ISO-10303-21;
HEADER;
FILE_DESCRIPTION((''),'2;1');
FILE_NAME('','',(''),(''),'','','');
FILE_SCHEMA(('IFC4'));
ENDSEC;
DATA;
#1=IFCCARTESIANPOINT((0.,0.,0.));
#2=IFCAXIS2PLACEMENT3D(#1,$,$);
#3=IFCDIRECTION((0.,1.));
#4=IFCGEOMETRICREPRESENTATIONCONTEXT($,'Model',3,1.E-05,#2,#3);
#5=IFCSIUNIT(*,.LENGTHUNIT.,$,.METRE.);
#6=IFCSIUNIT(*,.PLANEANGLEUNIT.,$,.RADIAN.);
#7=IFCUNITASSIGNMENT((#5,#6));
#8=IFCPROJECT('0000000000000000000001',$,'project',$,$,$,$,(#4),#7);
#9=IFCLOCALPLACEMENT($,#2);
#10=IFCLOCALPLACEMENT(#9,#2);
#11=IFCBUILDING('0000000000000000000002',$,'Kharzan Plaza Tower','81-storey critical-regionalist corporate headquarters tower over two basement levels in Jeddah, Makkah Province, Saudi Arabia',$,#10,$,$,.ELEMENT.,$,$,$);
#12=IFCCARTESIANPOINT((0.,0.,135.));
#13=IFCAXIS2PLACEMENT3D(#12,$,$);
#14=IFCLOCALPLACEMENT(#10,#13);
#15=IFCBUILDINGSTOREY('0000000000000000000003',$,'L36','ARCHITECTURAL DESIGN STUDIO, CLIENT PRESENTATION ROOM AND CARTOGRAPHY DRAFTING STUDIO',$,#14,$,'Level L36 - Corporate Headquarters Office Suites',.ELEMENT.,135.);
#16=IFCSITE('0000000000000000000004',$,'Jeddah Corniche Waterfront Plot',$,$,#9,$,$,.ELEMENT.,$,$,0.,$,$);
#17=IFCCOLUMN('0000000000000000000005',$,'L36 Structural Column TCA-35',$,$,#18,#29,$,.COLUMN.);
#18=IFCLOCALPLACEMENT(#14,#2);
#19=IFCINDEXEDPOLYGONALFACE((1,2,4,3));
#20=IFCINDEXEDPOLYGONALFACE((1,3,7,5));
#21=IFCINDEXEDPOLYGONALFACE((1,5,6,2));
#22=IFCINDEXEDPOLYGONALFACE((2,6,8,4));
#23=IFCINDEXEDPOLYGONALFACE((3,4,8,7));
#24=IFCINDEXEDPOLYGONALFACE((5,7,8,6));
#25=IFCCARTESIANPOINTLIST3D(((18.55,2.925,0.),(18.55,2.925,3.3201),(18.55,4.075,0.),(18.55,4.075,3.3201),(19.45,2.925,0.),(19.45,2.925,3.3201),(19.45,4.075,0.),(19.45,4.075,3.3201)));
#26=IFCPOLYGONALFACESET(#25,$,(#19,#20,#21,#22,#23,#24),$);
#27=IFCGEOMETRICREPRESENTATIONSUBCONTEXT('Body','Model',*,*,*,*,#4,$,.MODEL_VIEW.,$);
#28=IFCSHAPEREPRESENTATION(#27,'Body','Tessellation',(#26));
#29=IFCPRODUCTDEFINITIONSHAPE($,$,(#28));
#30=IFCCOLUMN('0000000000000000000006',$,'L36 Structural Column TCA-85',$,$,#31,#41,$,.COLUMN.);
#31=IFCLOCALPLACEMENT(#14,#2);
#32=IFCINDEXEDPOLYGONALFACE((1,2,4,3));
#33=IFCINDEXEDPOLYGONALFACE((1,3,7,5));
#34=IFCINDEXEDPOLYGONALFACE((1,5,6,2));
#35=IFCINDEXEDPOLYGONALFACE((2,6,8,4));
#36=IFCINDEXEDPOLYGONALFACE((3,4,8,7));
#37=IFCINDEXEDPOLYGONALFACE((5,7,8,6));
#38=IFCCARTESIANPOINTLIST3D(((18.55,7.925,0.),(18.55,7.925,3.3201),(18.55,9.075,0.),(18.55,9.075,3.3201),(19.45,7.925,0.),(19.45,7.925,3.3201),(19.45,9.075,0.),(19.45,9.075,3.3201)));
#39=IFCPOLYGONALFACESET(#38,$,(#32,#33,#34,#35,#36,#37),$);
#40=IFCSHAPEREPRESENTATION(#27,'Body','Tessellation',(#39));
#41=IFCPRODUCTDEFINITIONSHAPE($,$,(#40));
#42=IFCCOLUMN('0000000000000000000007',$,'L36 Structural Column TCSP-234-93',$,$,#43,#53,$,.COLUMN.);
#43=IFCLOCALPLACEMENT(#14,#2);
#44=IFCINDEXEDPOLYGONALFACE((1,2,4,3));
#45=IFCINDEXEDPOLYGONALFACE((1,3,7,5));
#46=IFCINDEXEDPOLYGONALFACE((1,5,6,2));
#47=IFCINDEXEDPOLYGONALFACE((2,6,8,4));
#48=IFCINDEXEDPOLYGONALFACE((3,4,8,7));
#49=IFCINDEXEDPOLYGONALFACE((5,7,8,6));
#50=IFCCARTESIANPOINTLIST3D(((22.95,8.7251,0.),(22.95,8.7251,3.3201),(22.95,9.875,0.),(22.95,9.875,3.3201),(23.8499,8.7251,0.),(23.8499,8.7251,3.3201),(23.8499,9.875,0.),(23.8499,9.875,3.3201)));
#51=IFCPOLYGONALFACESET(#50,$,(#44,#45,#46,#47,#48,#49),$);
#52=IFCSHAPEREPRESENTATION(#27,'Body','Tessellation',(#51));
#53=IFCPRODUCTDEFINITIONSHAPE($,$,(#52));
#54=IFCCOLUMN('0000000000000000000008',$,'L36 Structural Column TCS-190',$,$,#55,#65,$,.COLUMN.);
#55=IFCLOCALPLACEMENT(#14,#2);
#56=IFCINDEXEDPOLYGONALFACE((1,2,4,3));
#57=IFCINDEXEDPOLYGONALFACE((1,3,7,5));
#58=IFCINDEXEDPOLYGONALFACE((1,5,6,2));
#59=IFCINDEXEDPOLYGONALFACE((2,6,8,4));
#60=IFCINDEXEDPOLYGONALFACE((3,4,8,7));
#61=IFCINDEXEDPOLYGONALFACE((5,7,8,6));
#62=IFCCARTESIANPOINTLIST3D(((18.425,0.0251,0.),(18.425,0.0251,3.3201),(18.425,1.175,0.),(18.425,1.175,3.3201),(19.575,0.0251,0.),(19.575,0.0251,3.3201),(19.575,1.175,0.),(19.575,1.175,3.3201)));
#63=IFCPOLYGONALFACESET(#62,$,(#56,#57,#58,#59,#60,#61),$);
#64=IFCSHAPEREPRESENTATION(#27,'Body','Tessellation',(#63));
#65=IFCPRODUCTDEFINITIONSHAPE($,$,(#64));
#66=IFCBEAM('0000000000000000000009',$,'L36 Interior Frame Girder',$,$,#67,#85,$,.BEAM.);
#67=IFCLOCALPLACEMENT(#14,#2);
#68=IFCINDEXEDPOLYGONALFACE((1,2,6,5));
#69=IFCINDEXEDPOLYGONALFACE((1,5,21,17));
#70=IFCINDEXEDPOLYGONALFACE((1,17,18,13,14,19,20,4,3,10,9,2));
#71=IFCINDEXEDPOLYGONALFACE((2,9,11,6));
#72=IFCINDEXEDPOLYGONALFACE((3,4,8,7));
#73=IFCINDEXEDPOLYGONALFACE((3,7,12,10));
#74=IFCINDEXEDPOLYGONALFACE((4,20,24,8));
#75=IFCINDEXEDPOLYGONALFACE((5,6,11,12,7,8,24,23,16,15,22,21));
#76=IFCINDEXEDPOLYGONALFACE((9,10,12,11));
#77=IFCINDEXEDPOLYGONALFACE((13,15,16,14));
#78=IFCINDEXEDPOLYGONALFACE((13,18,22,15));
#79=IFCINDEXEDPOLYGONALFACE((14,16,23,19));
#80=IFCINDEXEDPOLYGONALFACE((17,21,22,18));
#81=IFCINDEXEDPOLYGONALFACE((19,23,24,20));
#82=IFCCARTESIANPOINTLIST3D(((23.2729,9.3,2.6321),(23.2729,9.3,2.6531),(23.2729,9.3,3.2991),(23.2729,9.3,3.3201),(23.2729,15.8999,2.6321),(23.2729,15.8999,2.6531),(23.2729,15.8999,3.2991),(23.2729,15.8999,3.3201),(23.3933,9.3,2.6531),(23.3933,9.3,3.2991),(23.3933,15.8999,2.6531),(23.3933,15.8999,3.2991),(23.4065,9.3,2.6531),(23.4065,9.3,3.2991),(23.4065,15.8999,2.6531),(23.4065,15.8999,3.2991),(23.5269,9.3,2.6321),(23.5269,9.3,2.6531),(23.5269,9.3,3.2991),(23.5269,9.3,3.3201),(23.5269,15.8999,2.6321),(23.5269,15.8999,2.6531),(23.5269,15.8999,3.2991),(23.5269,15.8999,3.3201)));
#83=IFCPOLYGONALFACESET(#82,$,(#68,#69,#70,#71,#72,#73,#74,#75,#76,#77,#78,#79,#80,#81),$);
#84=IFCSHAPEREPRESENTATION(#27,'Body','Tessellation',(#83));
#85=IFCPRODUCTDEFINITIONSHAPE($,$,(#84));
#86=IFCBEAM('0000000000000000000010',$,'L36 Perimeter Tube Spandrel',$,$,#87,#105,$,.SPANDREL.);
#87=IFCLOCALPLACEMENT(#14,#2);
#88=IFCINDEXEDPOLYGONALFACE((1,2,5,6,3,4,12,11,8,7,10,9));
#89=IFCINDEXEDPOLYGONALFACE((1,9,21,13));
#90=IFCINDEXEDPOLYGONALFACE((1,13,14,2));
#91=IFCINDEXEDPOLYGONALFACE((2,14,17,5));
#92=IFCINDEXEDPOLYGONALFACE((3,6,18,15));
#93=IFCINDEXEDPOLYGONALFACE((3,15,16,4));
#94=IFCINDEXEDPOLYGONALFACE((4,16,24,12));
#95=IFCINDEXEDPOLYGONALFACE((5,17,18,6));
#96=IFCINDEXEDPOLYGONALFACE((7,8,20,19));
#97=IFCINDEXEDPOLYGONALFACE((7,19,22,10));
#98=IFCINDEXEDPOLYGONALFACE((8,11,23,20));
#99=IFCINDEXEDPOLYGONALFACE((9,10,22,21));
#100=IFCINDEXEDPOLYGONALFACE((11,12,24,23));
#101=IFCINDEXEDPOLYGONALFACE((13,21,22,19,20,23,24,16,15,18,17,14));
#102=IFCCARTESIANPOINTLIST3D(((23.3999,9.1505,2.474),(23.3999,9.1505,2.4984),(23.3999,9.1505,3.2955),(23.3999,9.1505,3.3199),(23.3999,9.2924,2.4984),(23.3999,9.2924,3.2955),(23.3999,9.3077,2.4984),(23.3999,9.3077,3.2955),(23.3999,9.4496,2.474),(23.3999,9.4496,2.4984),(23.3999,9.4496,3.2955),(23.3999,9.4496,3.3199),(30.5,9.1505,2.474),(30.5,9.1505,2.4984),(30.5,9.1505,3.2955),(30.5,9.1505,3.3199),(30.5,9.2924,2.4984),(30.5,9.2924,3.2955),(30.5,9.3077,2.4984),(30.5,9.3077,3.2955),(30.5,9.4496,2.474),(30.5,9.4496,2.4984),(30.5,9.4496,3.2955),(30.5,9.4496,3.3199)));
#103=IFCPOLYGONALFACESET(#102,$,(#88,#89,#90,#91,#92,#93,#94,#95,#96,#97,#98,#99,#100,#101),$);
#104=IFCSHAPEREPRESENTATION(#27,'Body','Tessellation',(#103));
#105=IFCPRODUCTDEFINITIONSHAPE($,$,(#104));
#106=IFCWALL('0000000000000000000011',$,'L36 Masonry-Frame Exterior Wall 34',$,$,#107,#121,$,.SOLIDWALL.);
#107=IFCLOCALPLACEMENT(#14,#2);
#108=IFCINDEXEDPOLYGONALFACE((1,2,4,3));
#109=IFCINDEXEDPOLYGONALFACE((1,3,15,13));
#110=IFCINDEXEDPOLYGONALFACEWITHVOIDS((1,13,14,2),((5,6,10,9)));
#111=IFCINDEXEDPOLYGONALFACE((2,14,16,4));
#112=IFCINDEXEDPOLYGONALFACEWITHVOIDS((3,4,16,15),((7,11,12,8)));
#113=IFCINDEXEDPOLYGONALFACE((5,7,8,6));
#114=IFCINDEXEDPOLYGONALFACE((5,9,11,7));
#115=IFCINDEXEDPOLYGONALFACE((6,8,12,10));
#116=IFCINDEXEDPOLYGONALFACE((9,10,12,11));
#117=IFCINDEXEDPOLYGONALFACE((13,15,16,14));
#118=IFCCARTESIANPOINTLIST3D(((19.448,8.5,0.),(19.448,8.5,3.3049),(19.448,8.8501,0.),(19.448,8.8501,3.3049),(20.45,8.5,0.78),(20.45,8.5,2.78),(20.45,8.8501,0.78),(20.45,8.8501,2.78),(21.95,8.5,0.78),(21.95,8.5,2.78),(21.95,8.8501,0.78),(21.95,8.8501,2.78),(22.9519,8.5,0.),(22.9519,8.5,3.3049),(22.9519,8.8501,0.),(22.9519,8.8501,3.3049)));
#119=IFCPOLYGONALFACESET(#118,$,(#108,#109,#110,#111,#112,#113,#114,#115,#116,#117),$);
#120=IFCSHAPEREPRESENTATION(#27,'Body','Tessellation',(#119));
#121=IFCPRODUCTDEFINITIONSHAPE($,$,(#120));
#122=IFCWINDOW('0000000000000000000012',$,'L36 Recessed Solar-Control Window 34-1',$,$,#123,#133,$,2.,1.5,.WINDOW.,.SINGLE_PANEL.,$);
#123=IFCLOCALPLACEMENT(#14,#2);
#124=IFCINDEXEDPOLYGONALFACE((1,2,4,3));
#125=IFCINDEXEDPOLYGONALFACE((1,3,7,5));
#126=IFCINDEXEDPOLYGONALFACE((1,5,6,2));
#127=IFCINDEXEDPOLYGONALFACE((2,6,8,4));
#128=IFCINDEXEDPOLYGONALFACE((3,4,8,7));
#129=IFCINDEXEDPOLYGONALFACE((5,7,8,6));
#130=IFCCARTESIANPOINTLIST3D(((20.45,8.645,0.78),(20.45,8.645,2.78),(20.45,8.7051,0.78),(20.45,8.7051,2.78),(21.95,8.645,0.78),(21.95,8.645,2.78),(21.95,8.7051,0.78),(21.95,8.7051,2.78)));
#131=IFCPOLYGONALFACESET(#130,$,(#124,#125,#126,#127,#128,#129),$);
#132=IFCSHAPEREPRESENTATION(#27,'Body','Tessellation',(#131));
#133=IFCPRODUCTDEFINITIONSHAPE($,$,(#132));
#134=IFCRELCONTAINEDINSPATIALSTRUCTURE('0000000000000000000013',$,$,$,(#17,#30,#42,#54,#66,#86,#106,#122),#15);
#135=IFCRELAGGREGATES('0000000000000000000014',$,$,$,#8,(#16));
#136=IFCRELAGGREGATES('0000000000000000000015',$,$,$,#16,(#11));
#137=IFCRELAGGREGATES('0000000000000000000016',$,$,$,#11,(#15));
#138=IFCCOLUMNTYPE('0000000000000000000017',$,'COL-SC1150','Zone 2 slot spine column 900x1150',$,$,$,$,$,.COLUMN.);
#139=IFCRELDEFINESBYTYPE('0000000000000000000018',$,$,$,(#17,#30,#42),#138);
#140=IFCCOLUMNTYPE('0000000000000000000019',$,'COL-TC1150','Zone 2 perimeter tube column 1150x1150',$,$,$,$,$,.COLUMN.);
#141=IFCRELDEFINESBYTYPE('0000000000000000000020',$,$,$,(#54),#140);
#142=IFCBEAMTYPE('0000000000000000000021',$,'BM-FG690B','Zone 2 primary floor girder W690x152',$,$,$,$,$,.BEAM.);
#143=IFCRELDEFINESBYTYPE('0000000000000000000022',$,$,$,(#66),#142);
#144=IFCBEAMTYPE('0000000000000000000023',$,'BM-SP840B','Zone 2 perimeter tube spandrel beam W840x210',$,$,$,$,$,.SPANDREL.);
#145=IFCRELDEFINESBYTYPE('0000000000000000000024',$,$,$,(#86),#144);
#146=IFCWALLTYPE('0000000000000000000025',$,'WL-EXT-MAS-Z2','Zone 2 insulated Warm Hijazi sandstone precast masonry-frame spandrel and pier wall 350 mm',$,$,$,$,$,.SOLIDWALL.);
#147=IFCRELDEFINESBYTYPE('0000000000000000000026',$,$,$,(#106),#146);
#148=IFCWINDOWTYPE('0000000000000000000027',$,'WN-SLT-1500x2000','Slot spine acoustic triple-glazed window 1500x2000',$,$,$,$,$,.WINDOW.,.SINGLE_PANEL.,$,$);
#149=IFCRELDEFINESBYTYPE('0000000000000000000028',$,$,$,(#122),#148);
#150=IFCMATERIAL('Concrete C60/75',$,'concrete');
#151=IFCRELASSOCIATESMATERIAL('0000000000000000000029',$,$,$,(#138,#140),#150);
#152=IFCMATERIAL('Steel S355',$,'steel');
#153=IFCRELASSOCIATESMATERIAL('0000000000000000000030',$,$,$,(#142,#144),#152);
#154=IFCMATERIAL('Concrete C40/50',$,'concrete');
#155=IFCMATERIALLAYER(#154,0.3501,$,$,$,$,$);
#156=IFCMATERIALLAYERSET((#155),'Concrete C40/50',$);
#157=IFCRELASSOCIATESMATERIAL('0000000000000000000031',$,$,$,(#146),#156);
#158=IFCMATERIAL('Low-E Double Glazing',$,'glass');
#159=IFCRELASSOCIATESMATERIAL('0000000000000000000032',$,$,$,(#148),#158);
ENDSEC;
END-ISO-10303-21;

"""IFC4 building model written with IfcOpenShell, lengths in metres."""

from ifc_helpers import new_model, si_unit, direction, frame, frame_2d, origin, origin_2d, place, context, subcontext, project, spatial, rectangle, i_section, extrude, source, transform, mapped, material, layer, layer_set, material_profile, profile_set, type_object, element, fill, save


model = new_model("IFC4")

# Units and contexts
model_context = context("Model", 3, precision=1e-05, world=origin(), true_north=direction((0.0, 1.0)))
body_context = subcontext(model_context, "Body", "Model", "MODEL_VIEW")
ifc_project = project(units=[si_unit("LENGTHUNIT", "METRE"), si_unit("PLANEANGLEUNIT", "RADIAN")], contexts=[model_context])

# Site, building, storey
site_placement = place(None, origin())
site = spatial("IfcSite", under=ifc_project, at=site_placement, Name="Jeddah Corniche Waterfront Plot", CompositionType="ELEMENT", RefElevation=0.0)
building_placement = place(site_placement, origin())
building = spatial("IfcBuilding", under=site, at=building_placement, Name="Kharzan Plaza Tower", Description="81-storey critical-regionalist corporate headquarters tower over two basement levels in Jeddah, Makkah Province, Saudi Arabia", CompositionType="ELEMENT")
storey_placement = place(building_placement, frame((0.0, 0.0, 135.0)))
storey = spatial("IfcBuildingStorey", under=building, at=storey_placement, Name="L36", Description="ARCHITECTURAL DESIGN STUDIO, CLIENT PRESENTATION ROOM AND CARTOGRAPHY DRAFTING STUDIO", LongName="Level L36 - Corporate Headquarters Office Suites", CompositionType="ELEMENT", Elevation=135.0)

# Columns
ifc_material_1 = material(Name="Concrete C60/75", Category="concrete")
ifc_material_profile_1 = material_profile(ifc_material_1, rectangle(XDim=0.8999, YDim=1.1499, at=origin_2d()), Name="RC-SC1150x900")
ifc_profile_set_1 = profile_set([ifc_material_profile_1], Name="Concrete C60/75")
column_type_1 = type_object("IfcColumnType", Name="COL-SC1150", Description="Zone 2 slot spine column 900x1150", PredefinedType="COLUMN", material=ifc_profile_set_1)
shared_shape_1 = source(origin(), body_context, "Body", "SweptSolid", [
    extrude(rectangle(XDim=0.8999, YDim=1.1499, at=origin_2d()), origin(), (0.0, 0.0, 1.0), 3.3201),
])
for number, where, z_axis, x_axis, name in (
    (1, (19.0, 3.5, 0.0), (0.0, 0.0, 1.0), (1.0, 0.0, 0.0), "L36 Structural Column TCA-35"),
    (2, (19.0, 8.5, 0.0), (0.0, 0.0, 1.0), (1.0, 0.0, 0.0), "L36 Structural Column TCA-85"),
    (3, (23.3999, 9.3, 0.0), (0.0, 0.0, 1.0), (1.0, 0.0, 0.0), "L36 Structural Column TCSP-234-93"),
):
    element("IfcColumn", number, at=place(storey_placement, frame(where, z_axis=z_axis, x_axis=x_axis)), inside=storey, type_object=column_type_1, Name=name, PredefinedType="COLUMN", context=body_context, shape_type="MappedRepresentation", body=[
        mapped(shared_shape_1, transform((0.0, 0.0, 0.0), x_axis=(1.0, 0.0, 0.0), y_axis=(0.0, 1.0, 0.0), z_axis=(0.0, 0.0, 1.0))),
    ])
ifc_material_profile_2 = material_profile(ifc_material_1, rectangle(XDim=1.1499, YDim=1.1499, at=origin_2d()), Name="RC-TC1150x1150")
ifc_profile_set_2 = profile_set([ifc_material_profile_2], Name="Concrete C60/75")
column_type_2 = type_object("IfcColumnType", Name="COL-TC1150", Description="Zone 2 perimeter tube column 1150x1150", PredefinedType="COLUMN", material=ifc_profile_set_2)
shared_shape_2 = source(origin(), body_context, "Body", "SweptSolid", [
    extrude(rectangle(XDim=1.1499, YDim=1.1499, at=origin_2d()), origin(), (0.0, 0.0, 1.0), 3.3201),
])
column_placement = place(storey_placement, frame((19.0, 0.6001, 0.0), z_axis=(0.0, 0.0, 1.0), x_axis=(1.0, 0.0, 0.0)))
element("IfcColumn", 4, at=column_placement, inside=storey, type_object=column_type_2, Name="L36 Structural Column TCS-190", PredefinedType="COLUMN", context=body_context, shape_type="MappedRepresentation", body=[
    mapped(shared_shape_2, transform((0.0, 0.0, 0.0), x_axis=(1.0, 0.0, 0.0), y_axis=(0.0, 1.0, 0.0), z_axis=(0.0, 0.0, 1.0))),
])

# Beams
ifc_material_2 = material(Name="Steel S355", Category="steel")
ifc_material_profile_3 = material_profile(ifc_material_2, i_section(OverallWidth=0.2539, OverallDepth=0.688, WebThickness=0.0132, FlangeThickness=0.021, at=origin_2d()), Name="W690x152")
ifc_profile_set_3 = profile_set([ifc_material_profile_3], Name="Steel S355")
beam_type_1 = type_object("IfcBeamType", Name="BM-FG690B", Description="Zone 2 primary floor girder W690x152", PredefinedType="BEAM", material=ifc_profile_set_3)
shared_shape_3 = source(origin(), body_context, "Body", "SweptSolid", [
    extrude(i_section(OverallWidth=0.2539, OverallDepth=0.688, WebThickness=0.0132, FlangeThickness=0.021, at=origin_2d()), origin(), (0.0, 0.0, 1.0), 6.5999),
])
beam_1_placement = place(storey_placement, frame((23.3999, 9.3, 2.9761), z_axis=(0.0, 1.0, 0.0), x_axis=(-1.0, 0.0, 0.0)))
element("IfcBeam", 5, at=beam_1_placement, inside=storey, type_object=beam_type_1, Name="L36 Interior Frame Girder", PredefinedType="BEAM", context=body_context, shape_type="MappedRepresentation", body=[
    mapped(shared_shape_3, transform((0.0, 0.0, 0.0), x_axis=(1.0, 0.0, 0.0), y_axis=(0.0, 1.0, 0.0), z_axis=(0.0, 0.0, 1.0))),
])
ifc_material_profile_4 = material_profile(ifc_material_2, i_section(OverallWidth=0.2991, OverallDepth=0.8459, WebThickness=0.0154, FlangeThickness=0.0244, at=origin_2d()), Name="W840x210")
ifc_profile_set_4 = profile_set([ifc_material_profile_4], Name="Steel S355")
beam_type_2 = type_object("IfcBeamType", Name="BM-SP840B", Description="Zone 2 perimeter tube spandrel beam W840x210", PredefinedType="SPANDREL", material=ifc_profile_set_4)
shared_shape_4 = source(origin(), body_context, "Body", "SweptSolid", [
    extrude(i_section(OverallWidth=0.2991, OverallDepth=0.8459, WebThickness=0.0154, FlangeThickness=0.0244, at=origin_2d()), origin(), (0.0, 0.0, 1.0), 7.1001),
])
beam_2_placement = place(storey_placement, frame((23.3999, 9.3, 2.897), z_axis=(1.0, 0.0, 0.0), x_axis=(0.0, 1.0, 0.0)))
element("IfcBeam", 6, at=beam_2_placement, inside=storey, type_object=beam_type_2, Name="L36 Perimeter Tube Spandrel", PredefinedType="SPANDREL", context=body_context, shape_type="MappedRepresentation", body=[
    mapped(shared_shape_4, transform((0.0, 0.0, 0.0), x_axis=(1.0, 0.0, 0.0), y_axis=(0.0, 1.0, 0.0), z_axis=(0.0, 0.0, 1.0))),
])

# Wall, opening, window
ifc_material_3 = material(Name="Concrete C40/50", Category="concrete")
ifc_layer_1 = layer(ifc_material_3, 0.3501)
ifc_layer_set_1 = layer_set([ifc_layer_1], Name="Concrete C40/50")
wall_type_1 = type_object("IfcWallType", Name="WL-EXT-MAS-Z2", Description="Zone 2 insulated Warm Hijazi sandstone precast masonry-frame spandrel and pier wall 350 mm", PredefinedType="SOLIDWALL", material=ifc_layer_set_1)
wall_1_placement = place(storey_placement, frame((19.448, 8.675, 0.0), z_axis=(0.0, 0.0, 1.0), x_axis=(1.0, 0.0, 0.0)))
wall_1 = element("IfcWall", 7, at=wall_1_placement, inside=storey, type_object=wall_type_1, Name="L36 Masonry-Frame Exterior Wall 34", PredefinedType="SOLIDWALL", context=body_context, shape_type="SweptSolid", body=[
    extrude(rectangle(XDim=3.5039, YDim=0.3501, at=frame_2d((1.752, 0.0))), origin(), (0.0, 0.0, 1.0), 3.3049),
])
opening_1_placement = place(wall_1_placement, frame((1.002, 0.0, 0.78)))
opening_1 = element("IfcOpeningElement", 8, at=opening_1_placement, cuts=wall_1, PredefinedType="OPENING", context=body_context, shape_type="SweptSolid", body=[
    extrude(rectangle(XDim=1.5, YDim=2.0, at=frame_2d((0.75, 1.0))), frame((0.0, 0.1851, 0.0), z_axis=(0.0, -1.0, 0.0), x_axis=(1.0, 0.0, 0.0)), (0.0, 0.0, 1.0), 0.3701),
])
ifc_material_4 = material(Name="Low-E Double Glazing", Category="glass")
window_type = type_object("IfcWindowType", Name="WN-SLT-1500x2000", Description="Slot spine acoustic triple-glazed window 1500x2000", PartitioningType="SINGLE_PANEL", PredefinedType="WINDOW", material=ifc_material_4)
shared_shape_5 = source(origin(), body_context, "Body", "SweptSolid", [
    extrude(rectangle(XDim=1.5, YDim=2.0, at=frame_2d((0.75, 1.0))), frame((0.0, 0.03, 0.0), z_axis=(0.0, -1.0, 0.0), x_axis=(1.0, 0.0, 0.0)), (0.0, 0.0, 1.0), 0.0601),
])
window_1_placement = place(opening_1_placement, origin())
window_1 = element("IfcWindow", 9, at=window_1_placement, inside=storey, type_object=window_type, Name="L36 Recessed Solar-Control Window 34-1", OverallHeight=2.0, OverallWidth=1.5, PartitioningType="SINGLE_PANEL", PredefinedType="WINDOW", context=body_context, shape_type="MappedRepresentation", body=[
    mapped(shared_shape_5, transform((0.0, 0.0, 0.0), x_axis=(1.0, 0.0, 0.0), y_axis=(0.0, 1.0, 0.0), z_axis=(0.0, 0.0, 1.0))),
])
fill(opening_1, window_1)

save(model, "model.ifc")
